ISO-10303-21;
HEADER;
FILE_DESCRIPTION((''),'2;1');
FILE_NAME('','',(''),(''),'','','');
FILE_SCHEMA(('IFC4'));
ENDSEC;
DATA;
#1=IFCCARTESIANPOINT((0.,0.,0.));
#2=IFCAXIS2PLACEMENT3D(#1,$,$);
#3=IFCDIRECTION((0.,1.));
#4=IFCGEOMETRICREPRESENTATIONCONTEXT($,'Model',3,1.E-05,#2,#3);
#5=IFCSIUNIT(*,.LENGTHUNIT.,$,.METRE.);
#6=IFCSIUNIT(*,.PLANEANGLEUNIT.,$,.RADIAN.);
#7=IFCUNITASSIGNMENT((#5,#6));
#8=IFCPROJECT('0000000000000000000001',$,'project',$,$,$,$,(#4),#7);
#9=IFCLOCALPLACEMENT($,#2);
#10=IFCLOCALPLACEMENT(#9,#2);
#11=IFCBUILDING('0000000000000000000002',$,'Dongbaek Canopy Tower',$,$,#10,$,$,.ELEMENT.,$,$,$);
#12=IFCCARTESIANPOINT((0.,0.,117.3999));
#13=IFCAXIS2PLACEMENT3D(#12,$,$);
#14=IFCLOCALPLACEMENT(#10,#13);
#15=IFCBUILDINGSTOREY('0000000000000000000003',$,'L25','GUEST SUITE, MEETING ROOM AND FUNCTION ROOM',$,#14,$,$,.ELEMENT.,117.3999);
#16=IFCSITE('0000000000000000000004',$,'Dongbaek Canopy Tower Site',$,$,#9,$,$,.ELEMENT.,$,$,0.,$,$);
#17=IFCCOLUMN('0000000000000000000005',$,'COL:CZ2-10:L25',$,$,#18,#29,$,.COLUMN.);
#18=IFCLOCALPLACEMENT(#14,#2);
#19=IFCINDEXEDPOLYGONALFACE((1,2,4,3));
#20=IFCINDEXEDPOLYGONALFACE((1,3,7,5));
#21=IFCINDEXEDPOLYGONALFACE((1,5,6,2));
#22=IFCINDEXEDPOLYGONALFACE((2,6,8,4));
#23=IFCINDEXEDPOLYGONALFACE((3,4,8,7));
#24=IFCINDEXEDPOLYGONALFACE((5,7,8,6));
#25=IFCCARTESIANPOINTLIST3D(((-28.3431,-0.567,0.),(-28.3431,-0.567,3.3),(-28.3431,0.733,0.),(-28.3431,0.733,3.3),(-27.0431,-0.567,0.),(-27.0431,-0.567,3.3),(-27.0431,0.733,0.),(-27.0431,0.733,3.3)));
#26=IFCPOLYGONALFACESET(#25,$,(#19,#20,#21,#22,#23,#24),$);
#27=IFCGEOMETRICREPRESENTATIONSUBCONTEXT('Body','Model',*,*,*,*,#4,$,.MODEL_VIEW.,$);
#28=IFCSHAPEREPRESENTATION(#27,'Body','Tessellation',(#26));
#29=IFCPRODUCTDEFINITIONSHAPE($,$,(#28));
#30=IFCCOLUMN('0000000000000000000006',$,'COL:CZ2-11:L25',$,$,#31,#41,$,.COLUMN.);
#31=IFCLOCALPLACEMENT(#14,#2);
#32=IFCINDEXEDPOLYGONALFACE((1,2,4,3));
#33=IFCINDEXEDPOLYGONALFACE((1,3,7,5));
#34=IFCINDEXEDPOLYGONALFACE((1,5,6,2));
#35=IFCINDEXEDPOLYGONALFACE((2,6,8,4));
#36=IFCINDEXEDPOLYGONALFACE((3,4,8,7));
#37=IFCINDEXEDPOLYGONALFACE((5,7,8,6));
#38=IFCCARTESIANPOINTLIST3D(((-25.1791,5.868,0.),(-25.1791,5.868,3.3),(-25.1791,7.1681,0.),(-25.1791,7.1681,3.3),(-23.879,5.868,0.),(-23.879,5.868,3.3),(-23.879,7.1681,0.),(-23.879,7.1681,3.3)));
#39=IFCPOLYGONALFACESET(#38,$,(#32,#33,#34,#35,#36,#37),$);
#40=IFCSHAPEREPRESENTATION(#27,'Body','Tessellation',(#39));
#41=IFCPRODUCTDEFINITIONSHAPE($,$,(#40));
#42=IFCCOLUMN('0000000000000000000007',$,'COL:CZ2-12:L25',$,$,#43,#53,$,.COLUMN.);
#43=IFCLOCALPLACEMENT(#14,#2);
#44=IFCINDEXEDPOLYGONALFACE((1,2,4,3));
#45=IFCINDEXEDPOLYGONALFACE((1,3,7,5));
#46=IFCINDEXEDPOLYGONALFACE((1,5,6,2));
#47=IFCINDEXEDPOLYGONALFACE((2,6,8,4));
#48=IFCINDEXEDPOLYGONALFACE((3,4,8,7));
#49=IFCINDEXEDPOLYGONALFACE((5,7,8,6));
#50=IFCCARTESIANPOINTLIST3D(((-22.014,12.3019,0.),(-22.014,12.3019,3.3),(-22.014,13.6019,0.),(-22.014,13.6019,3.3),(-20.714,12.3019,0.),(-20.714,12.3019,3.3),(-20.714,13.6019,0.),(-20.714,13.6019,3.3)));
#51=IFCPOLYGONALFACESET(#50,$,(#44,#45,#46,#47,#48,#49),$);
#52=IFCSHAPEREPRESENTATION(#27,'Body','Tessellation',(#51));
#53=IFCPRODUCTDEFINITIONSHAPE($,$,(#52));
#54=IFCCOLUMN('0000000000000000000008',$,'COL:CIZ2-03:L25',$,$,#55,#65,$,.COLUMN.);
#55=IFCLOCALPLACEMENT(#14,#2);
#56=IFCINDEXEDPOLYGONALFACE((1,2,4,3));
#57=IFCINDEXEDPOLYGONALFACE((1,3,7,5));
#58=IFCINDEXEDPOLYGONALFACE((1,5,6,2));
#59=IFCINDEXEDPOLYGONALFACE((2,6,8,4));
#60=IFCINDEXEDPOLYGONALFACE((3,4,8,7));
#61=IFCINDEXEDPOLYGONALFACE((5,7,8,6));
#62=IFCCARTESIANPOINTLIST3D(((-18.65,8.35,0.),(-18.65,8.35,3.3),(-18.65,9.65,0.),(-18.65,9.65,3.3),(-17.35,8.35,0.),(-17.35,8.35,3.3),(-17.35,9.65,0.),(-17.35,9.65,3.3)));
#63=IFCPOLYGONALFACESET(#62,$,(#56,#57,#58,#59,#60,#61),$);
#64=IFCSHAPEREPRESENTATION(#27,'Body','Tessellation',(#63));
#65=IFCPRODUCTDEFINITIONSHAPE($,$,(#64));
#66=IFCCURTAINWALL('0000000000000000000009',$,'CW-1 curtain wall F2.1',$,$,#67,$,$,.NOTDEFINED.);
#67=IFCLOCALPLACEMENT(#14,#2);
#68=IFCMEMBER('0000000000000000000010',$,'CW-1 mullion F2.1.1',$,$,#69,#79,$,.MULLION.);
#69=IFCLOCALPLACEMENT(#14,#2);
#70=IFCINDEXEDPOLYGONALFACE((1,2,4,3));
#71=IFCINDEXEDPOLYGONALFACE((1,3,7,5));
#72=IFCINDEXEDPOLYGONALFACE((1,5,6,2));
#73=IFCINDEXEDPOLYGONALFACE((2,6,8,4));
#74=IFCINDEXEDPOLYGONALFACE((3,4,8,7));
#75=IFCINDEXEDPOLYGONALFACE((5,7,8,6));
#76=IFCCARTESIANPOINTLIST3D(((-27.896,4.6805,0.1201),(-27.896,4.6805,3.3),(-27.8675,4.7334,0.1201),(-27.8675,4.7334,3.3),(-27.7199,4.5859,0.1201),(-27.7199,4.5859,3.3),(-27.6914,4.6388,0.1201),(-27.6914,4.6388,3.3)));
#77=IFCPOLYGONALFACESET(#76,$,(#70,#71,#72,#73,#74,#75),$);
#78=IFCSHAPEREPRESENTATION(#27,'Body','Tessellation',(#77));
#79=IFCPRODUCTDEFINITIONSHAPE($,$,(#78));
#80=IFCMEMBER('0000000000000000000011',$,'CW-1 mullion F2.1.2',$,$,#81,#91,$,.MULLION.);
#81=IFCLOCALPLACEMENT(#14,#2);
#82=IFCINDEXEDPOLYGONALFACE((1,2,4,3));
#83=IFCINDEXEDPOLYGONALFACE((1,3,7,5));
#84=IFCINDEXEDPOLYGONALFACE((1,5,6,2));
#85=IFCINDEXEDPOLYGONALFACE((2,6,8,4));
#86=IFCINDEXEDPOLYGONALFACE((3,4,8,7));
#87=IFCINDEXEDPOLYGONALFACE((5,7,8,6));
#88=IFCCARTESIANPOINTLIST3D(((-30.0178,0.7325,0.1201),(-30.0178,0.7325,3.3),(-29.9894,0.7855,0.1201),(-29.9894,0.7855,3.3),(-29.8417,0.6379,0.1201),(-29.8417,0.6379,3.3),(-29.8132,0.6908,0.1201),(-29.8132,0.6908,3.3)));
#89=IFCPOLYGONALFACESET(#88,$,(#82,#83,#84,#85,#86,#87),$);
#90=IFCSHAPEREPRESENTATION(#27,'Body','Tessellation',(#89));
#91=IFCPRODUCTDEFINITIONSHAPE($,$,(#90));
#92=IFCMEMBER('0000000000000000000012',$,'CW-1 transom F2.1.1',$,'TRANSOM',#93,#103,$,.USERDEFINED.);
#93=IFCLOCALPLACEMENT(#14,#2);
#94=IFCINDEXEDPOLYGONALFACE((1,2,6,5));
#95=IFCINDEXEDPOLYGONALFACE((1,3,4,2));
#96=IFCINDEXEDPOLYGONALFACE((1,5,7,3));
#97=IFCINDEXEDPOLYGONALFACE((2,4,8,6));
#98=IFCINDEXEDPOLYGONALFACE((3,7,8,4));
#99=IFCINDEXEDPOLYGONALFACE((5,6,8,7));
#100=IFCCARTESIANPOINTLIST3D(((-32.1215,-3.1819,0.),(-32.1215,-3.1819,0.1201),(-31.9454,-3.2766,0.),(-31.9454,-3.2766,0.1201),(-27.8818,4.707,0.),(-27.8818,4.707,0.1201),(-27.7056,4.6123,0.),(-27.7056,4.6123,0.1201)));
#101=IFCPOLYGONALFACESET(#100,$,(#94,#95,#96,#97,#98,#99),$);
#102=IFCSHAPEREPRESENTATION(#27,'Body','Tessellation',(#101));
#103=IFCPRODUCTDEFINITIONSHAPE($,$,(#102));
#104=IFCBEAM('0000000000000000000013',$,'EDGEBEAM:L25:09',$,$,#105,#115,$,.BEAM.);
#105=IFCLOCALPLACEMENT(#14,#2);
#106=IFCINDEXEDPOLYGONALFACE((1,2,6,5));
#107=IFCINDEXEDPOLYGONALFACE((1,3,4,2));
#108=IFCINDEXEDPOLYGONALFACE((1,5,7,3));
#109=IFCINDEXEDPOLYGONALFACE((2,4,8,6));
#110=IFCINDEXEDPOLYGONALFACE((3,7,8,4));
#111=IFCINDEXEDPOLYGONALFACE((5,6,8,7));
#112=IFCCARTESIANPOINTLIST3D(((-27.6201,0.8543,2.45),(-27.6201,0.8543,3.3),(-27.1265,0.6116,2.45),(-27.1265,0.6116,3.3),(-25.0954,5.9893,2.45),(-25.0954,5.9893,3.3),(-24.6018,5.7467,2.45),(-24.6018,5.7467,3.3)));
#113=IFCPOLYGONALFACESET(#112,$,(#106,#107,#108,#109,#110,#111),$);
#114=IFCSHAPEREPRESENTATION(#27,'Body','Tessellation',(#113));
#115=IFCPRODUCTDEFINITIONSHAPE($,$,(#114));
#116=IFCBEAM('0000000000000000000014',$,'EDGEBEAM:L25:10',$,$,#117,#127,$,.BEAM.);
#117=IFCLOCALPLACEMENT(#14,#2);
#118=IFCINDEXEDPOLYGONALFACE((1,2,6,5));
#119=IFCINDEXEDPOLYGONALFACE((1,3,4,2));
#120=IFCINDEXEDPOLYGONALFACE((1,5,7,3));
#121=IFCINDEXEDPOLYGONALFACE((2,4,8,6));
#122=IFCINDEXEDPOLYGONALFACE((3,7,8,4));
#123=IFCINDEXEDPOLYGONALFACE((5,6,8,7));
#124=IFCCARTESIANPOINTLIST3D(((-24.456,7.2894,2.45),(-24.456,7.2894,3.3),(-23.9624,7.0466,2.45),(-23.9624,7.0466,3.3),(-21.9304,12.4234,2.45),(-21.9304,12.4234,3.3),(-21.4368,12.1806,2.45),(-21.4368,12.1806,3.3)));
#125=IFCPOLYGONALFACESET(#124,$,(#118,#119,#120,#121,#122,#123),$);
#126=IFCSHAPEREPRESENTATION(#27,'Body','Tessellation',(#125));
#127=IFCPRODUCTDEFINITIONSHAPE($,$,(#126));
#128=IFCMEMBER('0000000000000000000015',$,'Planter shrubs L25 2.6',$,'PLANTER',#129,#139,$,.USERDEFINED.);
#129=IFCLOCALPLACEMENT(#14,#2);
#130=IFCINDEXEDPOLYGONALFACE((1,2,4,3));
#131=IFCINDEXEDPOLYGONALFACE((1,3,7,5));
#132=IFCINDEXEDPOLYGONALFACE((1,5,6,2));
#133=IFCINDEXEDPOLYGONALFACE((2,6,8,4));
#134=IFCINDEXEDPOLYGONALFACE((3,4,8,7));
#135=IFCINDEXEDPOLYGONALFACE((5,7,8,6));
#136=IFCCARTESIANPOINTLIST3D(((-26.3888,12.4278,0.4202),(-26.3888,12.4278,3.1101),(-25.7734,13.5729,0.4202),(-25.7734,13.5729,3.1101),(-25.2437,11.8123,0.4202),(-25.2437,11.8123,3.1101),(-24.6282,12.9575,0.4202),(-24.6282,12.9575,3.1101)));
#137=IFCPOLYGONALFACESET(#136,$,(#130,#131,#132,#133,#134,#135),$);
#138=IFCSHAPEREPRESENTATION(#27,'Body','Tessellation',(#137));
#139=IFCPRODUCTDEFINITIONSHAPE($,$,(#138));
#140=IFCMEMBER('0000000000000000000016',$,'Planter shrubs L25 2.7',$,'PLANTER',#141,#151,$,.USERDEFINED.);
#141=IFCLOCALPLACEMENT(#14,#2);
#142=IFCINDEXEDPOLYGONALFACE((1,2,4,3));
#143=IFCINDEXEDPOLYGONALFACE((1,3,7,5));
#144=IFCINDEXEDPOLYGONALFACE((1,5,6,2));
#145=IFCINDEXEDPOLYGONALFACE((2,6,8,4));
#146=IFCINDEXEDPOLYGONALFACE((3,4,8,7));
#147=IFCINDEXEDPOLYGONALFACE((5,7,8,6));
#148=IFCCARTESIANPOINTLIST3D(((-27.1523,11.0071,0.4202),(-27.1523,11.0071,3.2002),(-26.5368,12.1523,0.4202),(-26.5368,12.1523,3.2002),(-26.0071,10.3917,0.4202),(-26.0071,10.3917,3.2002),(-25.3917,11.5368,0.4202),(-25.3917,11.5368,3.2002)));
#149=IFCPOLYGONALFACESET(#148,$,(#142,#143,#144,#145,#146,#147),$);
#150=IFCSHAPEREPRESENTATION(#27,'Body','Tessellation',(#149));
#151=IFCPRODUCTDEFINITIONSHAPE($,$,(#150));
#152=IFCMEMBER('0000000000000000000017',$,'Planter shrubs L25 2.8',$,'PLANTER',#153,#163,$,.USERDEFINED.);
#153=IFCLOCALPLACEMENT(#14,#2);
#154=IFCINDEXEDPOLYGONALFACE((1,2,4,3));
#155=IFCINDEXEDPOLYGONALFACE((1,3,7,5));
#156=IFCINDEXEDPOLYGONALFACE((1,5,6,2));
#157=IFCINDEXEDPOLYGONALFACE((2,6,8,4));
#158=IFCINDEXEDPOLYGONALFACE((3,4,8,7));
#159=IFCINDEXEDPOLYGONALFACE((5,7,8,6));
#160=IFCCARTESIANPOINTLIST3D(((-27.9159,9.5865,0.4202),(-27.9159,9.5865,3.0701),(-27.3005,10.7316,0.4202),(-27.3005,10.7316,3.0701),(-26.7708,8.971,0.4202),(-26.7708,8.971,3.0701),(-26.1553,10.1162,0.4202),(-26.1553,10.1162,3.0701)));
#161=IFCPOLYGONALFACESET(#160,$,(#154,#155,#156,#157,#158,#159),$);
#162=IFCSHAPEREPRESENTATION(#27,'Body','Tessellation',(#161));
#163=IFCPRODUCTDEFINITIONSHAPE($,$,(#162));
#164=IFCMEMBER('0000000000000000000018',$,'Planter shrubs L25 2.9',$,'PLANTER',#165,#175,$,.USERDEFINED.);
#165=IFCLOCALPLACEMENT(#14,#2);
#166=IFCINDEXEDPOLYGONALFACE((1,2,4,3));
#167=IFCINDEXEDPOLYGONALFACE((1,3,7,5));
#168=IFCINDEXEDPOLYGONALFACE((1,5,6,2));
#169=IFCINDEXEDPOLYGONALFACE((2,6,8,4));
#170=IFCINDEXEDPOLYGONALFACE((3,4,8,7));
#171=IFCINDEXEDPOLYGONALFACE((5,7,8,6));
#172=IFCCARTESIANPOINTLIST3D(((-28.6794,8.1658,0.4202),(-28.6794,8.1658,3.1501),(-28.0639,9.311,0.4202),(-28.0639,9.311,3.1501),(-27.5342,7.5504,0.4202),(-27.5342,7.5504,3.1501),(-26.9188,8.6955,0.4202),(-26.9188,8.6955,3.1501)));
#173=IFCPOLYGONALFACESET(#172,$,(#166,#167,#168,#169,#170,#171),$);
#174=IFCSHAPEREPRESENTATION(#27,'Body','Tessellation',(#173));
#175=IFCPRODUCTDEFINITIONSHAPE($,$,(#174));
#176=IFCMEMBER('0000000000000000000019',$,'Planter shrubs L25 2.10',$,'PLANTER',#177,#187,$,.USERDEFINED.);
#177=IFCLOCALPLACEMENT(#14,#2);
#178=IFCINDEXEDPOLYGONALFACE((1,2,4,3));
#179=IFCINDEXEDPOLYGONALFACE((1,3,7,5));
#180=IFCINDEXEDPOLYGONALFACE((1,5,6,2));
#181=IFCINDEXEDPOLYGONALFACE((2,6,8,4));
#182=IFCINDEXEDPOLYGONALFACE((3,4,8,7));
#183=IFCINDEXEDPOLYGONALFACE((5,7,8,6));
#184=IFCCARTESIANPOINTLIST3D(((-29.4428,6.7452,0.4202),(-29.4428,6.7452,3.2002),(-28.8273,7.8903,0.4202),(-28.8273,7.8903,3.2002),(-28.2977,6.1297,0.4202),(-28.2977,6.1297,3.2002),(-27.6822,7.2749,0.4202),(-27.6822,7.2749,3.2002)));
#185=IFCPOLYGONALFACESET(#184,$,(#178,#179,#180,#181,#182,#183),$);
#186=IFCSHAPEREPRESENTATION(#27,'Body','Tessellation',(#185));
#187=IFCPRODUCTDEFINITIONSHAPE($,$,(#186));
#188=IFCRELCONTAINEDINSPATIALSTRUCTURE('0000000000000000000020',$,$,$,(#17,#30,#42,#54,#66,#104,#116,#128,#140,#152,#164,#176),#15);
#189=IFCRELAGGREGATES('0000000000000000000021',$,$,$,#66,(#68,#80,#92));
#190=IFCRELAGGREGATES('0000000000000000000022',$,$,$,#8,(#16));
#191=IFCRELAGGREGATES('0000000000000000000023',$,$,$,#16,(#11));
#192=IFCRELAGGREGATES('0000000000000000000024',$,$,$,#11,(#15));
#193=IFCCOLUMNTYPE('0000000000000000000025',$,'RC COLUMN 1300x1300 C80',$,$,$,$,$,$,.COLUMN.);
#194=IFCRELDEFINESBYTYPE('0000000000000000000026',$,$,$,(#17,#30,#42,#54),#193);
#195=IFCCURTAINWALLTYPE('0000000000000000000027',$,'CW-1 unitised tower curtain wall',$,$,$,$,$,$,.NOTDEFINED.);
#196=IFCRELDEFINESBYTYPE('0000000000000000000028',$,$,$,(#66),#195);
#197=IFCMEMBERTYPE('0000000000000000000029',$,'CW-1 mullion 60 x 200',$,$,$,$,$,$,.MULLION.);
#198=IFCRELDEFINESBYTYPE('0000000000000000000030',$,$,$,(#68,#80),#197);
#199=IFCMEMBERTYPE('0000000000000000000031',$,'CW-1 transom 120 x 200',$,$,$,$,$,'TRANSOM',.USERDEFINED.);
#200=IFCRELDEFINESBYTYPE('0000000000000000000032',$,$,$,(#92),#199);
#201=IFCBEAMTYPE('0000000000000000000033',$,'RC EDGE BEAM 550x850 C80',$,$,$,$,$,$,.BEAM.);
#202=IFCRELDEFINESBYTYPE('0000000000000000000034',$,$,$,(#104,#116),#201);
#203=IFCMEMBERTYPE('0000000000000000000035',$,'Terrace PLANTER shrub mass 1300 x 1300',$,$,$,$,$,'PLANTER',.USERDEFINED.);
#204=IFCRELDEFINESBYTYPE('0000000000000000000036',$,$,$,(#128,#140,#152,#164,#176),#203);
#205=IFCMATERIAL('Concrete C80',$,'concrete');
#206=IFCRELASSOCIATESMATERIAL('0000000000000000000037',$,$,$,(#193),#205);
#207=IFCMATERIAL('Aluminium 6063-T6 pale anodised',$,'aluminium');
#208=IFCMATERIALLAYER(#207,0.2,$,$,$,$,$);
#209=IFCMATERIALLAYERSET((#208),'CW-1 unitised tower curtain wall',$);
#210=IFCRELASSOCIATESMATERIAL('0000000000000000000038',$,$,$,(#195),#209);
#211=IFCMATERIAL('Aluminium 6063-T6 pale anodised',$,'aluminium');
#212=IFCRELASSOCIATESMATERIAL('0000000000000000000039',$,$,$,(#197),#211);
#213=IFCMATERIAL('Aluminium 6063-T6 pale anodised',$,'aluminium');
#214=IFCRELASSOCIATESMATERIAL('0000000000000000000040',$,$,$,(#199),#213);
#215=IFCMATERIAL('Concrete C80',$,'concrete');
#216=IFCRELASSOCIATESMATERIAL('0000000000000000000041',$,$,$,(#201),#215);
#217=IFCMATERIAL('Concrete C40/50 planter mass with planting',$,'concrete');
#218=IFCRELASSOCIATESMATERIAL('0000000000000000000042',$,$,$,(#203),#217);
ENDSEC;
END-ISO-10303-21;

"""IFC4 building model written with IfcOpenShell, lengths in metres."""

from ifc_helpers import new_model, si_unit, direction, frame, origin, origin_2d, place, context, subcontext, project, spatial, rectangle, extrude, material, layer, layer_set, material_profile, profile_set, type_object, element, aggregate, save


model = new_model("IFC4")

# Units and contexts
model_context = context("Model", 3, precision=1e-05, world=origin(), true_north=direction((0.0, 1.0)))
body_context = subcontext(model_context, "Body", "Model", "MODEL_VIEW")
ifc_project = project(units=[si_unit("LENGTHUNIT", "METRE"), si_unit("PLANEANGLEUNIT", "RADIAN")], contexts=[model_context])

# Site, building, storey
site_placement = place(None, origin())
site = spatial("IfcSite", under=ifc_project, at=site_placement, Name="Dongbaek Canopy Tower Site", CompositionType="ELEMENT", RefElevation=0.0)
building_placement = place(site_placement, origin())
building = spatial("IfcBuilding", under=site, at=building_placement, Name="Dongbaek Canopy Tower", CompositionType="ELEMENT")
storey_placement = place(building_placement, frame((0.0, 0.0, 117.3999)))
storey = spatial("IfcBuildingStorey", under=building, at=storey_placement, Name="L25", Description="GUEST SUITE, MEETING ROOM AND FUNCTION ROOM", CompositionType="ELEMENT", Elevation=117.3999)

# Columns
ifc_material_1 = material(Name="Concrete C80", Category="concrete")
ifc_material_profile_1 = material_profile(ifc_material_1, rectangle(XDim=1.3, YDim=1.3, at=origin_2d()), Name="RC COLUMN 1300x1300 C80")
ifc_profile_set_1 = profile_set([ifc_material_profile_1], Name="Concrete C80")
column_type = type_object("IfcColumnType", Name="RC COLUMN 1300x1300 C80", PredefinedType="COLUMN", material=ifc_profile_set_1)
for number, where, z_axis, x_axis, name in (
    (1, (-27.6931, 0.083, 0.0), (0.0, 0.0, 1.0), (1.0, 0.0, 0.0), "COL:CZ2-10:L25"),
    (2, (-24.5291, 6.5181, 0.0), (0.0, 0.0, 1.0), (1.0, 0.0, 0.0), "COL:CZ2-11:L25"),
    (3, (-21.364, 12.9519, 0.0), (0.0, 0.0, 1.0), (1.0, 0.0, 0.0), "COL:CZ2-12:L25"),
    (4, (-18.0, 9.0, 0.0), (0.0, 0.0, 1.0), (1.0, 0.0, 0.0), "COL:CIZ2-03:L25"),
):
    element("IfcColumn", number, at=place(storey_placement, frame(where, z_axis=z_axis, x_axis=x_axis)), inside=storey, type_object=column_type, Name=name, PredefinedType="COLUMN", context=body_context, shape_type="SweptSolid", body=[
        extrude(rectangle(XDim=1.3, YDim=1.3, at=origin_2d()), origin(), (0.0, 0.0, 1.0), 3.3),
    ])

# Curtain wall, members
ifc_material_2 = material(Name="Aluminium 6063-T6 pale anodised", Category="aluminium")
ifc_layer_1 = layer(ifc_material_2, 0.2)
ifc_layer_set_1 = layer_set([ifc_layer_1], Name="CW-1 unitised tower curtain wall")
curtain_wall_type = type_object("IfcCurtainWallType", Name="CW-1 unitised tower curtain wall", PredefinedType="NOTDEFINED", material=ifc_layer_set_1)
curtain_wall_placement = place(storey_placement, origin())
curtain_wall = element("IfcCurtainWall", 5, at=curtain_wall_placement, inside=storey, type_object=curtain_wall_type, Name="CW-1 curtain wall F2.1", PredefinedType="NOTDEFINED")
ifc_material_3 = material(Name="Aluminium 6063-T6 pale anodised", Category="aluminium")
ifc_material_profile_2 = material_profile(ifc_material_3, rectangle(XDim=0.2, YDim=0.0601, at=origin_2d()), Name="CW-1 mullion 60 x 200")
ifc_profile_set_2 = profile_set([ifc_material_profile_2], Name="Aluminium 6063-T6 pale anodised")
member_type_1 = type_object("IfcMemberType", Name="CW-1 mullion 60 x 200", PredefinedType="MULLION", material=ifc_profile_set_2)
member_1_placement = place(storey_placement, frame((-27.7937, 4.6597, 0.1201), z_axis=(0.0, 0.0, 1.0), x_axis=(-0.880843, 0.473409, 0.0)))
member_1 = element("IfcMember", 6, at=member_1_placement, type_object=member_type_1, Name="CW-1 mullion F2.1.1", PredefinedType="MULLION", context=body_context, shape_type="SweptSolid", body=[
    extrude(rectangle(XDim=0.2, YDim=0.0601, at=origin_2d()), origin(), (0.0, 0.0, 1.0), 3.1799),
])
member_2_placement = place(storey_placement, frame((-29.9155, 0.7117, 0.1201), z_axis=(0.0, 0.0, 1.0), x_axis=(-0.880843, 0.473409, 0.0)))
member_2 = element("IfcMember", 7, at=member_2_placement, type_object=member_type_1, Name="CW-1 mullion F2.1.2", PredefinedType="MULLION", context=body_context, shape_type="SweptSolid", body=[
    extrude(rectangle(XDim=0.2, YDim=0.0601, at=origin_2d()), origin(), (0.0, 0.0, 1.0), 3.1799),
])
ifc_material_4 = material(Name="Aluminium 6063-T6 pale anodised", Category="aluminium")
ifc_material_profile_3 = material_profile(ifc_material_4, rectangle(XDim=0.2, YDim=0.1201, at=origin_2d()), Name="CW-1 transom 120 x 200")
ifc_profile_set_3 = profile_set([ifc_material_profile_3], Name="Aluminium 6063-T6 pale anodised")
member_type_2 = type_object("IfcMemberType", Name="CW-1 transom 120 x 200", ElementType="TRANSOM", PredefinedType="USERDEFINED", material=ifc_profile_set_3)
member_3_placement = place(storey_placement, frame((-27.7937, 4.6597, 0.0601), z_axis=(-0.473396, -0.88085, 0.0), x_axis=(0.88085, -0.473396, 0.0)))
member_3 = element("IfcMember", 8, at=member_3_placement, type_object=member_type_2, Name="CW-1 transom F2.1.1", ObjectType="TRANSOM", PredefinedType="USERDEFINED", context=body_context, shape_type="SweptSolid", body=[
    extrude(rectangle(XDim=0.2, YDim=0.1201, at=origin_2d()), origin(), (0.0, 0.0, 1.0), 8.9561),
])

# Beams
ifc_material_5 = material(Name="Concrete C80", Category="concrete")
ifc_material_profile_4 = material_profile(ifc_material_5, rectangle(XDim=0.55, YDim=0.8501, at=origin_2d()), Name="RC EDGE BEAM 550x850 C80")
ifc_profile_set_4 = profile_set([ifc_material_profile_4], Name="Concrete C80")
beam_type = type_object("IfcBeamType", Name="RC EDGE BEAM 550x850 C80", PredefinedType="BEAM", material=ifc_profile_set_4)
beam_1_placement = place(storey_placement, frame((-27.3733, 0.7329, 2.875), z_axis=(0.441213, 0.897402, 0.0), x_axis=(-0.897402, 0.441213, 0.0)))
element("IfcBeam", 9, at=beam_1_placement, inside=storey, type_object=beam_type, Name="EDGEBEAM:L25:09", PredefinedType="BEAM", context=body_context, shape_type="SweptSolid", body=[
    extrude(rectangle(XDim=0.55, YDim=0.8501, at=origin_2d()), origin(), (0.0, 0.0, 1.0), 5.7222),
])
beam_2_placement = place(storey_placement, frame((-24.2092, 7.168, 2.875), z_axis=(0.441418, 0.897301, 0.0), x_axis=(-0.897301, 0.441418, 0.0)))
element("IfcBeam", 10, at=beam_2_placement, inside=storey, type_object=beam_type, Name="EDGEBEAM:L25:10", PredefinedType="BEAM", context=body_context, shape_type="SweptSolid", body=[
    extrude(rectangle(XDim=0.55, YDim=0.8501, at=origin_2d()), origin(), (0.0, 0.0, 1.0), 5.7217),
])

# Members
ifc_material_6 = material(Name="Concrete C40/50 planter mass with planting", Category="concrete")
ifc_material_profile_5 = material_profile(ifc_material_6, rectangle(XDim=1.3, YDim=1.3, at=origin_2d()), Name="Terrace PLANTER shrub mass 1300 x 1300")
ifc_profile_set_5 = profile_set([ifc_material_profile_5], Name="Concrete C40/50 planter mass with planting")
member_type_3 = type_object("IfcMemberType", Name="Terrace PLANTER shrub mass 1300 x 1300", ElementType="PLANTER", PredefinedType="USERDEFINED", material=ifc_profile_set_5)
member_4_placement = place(storey_placement, frame((-25.5085, 12.6926, 0.4202), z_axis=(0.0, 0.0, 1.0), x_axis=(-0.880843, 0.473409, 0.0)))
element("IfcMember", 11, at=member_4_placement, inside=storey, type_object=member_type_3, Name="Planter shrubs L25 2.6", ObjectType="PLANTER", PredefinedType="USERDEFINED", context=body_context, shape_type="SweptSolid", body=[
    extrude(rectangle(XDim=1.3, YDim=1.3, at=origin_2d()), origin(), (0.0, 0.0, 1.0), 2.6899),
])
member_5_placement = place(storey_placement, frame((-26.272, 11.272, 0.4202), z_axis=(0.0, 0.0, 1.0), x_axis=(-0.880843, 0.473409, 0.0)))
element("IfcMember", 12, at=member_5_placement, inside=storey, type_object=member_type_3, Name="Planter shrubs L25 2.7", ObjectType="PLANTER", PredefinedType="USERDEFINED", context=body_context, shape_type="SweptSolid", body=[
    extrude(rectangle(XDim=1.3, YDim=1.3, at=origin_2d()), origin(), (0.0, 0.0, 1.0), 2.78),
])
member_6_placement = place(storey_placement, frame((-27.0356, 9.8513, 0.4202), z_axis=(0.0, 0.0, 1.0), x_axis=(-0.880843, 0.473409, 0.0)))
element("IfcMember", 13, at=member_6_placement, inside=storey, type_object=member_type_3, Name="Planter shrubs L25 2.8", ObjectType="PLANTER", PredefinedType="USERDEFINED", context=body_context, shape_type="SweptSolid", body=[
    extrude(rectangle(XDim=1.3, YDim=1.3, at=origin_2d()), origin(), (0.0, 0.0, 1.0), 2.6499),
])
member_7_placement = place(storey_placement, frame((-27.7991, 8.4307, 0.4202), z_axis=(0.0, 0.0, 1.0), x_axis=(-0.880843, 0.473409, 0.0)))
element("IfcMember", 14, at=member_7_placement, inside=storey, type_object=member_type_3, Name="Planter shrubs L25 2.9", ObjectType="PLANTER", PredefinedType="USERDEFINED", context=body_context, shape_type="SweptSolid", body=[
    extrude(rectangle(XDim=1.3, YDim=1.3, at=origin_2d()), origin(), (0.0, 0.0, 1.0), 2.73),
])
member_8_placement = place(storey_placement, frame((-28.5625, 7.01, 0.4202), z_axis=(0.0, 0.0, 1.0), x_axis=(-0.880843, 0.473409, 0.0)))
element("IfcMember", 15, at=member_8_placement, inside=storey, type_object=member_type_3, Name="Planter shrubs L25 2.10", ObjectType="PLANTER", PredefinedType="USERDEFINED", context=body_context, shape_type="SweptSolid", body=[
    extrude(rectangle(XDim=1.3, YDim=1.3, at=origin_2d()), origin(), (0.0, 0.0, 1.0), 2.78),
])

aggregate(curtain_wall, [member_1, member_2, member_3])

save(model, "model.ifc")
